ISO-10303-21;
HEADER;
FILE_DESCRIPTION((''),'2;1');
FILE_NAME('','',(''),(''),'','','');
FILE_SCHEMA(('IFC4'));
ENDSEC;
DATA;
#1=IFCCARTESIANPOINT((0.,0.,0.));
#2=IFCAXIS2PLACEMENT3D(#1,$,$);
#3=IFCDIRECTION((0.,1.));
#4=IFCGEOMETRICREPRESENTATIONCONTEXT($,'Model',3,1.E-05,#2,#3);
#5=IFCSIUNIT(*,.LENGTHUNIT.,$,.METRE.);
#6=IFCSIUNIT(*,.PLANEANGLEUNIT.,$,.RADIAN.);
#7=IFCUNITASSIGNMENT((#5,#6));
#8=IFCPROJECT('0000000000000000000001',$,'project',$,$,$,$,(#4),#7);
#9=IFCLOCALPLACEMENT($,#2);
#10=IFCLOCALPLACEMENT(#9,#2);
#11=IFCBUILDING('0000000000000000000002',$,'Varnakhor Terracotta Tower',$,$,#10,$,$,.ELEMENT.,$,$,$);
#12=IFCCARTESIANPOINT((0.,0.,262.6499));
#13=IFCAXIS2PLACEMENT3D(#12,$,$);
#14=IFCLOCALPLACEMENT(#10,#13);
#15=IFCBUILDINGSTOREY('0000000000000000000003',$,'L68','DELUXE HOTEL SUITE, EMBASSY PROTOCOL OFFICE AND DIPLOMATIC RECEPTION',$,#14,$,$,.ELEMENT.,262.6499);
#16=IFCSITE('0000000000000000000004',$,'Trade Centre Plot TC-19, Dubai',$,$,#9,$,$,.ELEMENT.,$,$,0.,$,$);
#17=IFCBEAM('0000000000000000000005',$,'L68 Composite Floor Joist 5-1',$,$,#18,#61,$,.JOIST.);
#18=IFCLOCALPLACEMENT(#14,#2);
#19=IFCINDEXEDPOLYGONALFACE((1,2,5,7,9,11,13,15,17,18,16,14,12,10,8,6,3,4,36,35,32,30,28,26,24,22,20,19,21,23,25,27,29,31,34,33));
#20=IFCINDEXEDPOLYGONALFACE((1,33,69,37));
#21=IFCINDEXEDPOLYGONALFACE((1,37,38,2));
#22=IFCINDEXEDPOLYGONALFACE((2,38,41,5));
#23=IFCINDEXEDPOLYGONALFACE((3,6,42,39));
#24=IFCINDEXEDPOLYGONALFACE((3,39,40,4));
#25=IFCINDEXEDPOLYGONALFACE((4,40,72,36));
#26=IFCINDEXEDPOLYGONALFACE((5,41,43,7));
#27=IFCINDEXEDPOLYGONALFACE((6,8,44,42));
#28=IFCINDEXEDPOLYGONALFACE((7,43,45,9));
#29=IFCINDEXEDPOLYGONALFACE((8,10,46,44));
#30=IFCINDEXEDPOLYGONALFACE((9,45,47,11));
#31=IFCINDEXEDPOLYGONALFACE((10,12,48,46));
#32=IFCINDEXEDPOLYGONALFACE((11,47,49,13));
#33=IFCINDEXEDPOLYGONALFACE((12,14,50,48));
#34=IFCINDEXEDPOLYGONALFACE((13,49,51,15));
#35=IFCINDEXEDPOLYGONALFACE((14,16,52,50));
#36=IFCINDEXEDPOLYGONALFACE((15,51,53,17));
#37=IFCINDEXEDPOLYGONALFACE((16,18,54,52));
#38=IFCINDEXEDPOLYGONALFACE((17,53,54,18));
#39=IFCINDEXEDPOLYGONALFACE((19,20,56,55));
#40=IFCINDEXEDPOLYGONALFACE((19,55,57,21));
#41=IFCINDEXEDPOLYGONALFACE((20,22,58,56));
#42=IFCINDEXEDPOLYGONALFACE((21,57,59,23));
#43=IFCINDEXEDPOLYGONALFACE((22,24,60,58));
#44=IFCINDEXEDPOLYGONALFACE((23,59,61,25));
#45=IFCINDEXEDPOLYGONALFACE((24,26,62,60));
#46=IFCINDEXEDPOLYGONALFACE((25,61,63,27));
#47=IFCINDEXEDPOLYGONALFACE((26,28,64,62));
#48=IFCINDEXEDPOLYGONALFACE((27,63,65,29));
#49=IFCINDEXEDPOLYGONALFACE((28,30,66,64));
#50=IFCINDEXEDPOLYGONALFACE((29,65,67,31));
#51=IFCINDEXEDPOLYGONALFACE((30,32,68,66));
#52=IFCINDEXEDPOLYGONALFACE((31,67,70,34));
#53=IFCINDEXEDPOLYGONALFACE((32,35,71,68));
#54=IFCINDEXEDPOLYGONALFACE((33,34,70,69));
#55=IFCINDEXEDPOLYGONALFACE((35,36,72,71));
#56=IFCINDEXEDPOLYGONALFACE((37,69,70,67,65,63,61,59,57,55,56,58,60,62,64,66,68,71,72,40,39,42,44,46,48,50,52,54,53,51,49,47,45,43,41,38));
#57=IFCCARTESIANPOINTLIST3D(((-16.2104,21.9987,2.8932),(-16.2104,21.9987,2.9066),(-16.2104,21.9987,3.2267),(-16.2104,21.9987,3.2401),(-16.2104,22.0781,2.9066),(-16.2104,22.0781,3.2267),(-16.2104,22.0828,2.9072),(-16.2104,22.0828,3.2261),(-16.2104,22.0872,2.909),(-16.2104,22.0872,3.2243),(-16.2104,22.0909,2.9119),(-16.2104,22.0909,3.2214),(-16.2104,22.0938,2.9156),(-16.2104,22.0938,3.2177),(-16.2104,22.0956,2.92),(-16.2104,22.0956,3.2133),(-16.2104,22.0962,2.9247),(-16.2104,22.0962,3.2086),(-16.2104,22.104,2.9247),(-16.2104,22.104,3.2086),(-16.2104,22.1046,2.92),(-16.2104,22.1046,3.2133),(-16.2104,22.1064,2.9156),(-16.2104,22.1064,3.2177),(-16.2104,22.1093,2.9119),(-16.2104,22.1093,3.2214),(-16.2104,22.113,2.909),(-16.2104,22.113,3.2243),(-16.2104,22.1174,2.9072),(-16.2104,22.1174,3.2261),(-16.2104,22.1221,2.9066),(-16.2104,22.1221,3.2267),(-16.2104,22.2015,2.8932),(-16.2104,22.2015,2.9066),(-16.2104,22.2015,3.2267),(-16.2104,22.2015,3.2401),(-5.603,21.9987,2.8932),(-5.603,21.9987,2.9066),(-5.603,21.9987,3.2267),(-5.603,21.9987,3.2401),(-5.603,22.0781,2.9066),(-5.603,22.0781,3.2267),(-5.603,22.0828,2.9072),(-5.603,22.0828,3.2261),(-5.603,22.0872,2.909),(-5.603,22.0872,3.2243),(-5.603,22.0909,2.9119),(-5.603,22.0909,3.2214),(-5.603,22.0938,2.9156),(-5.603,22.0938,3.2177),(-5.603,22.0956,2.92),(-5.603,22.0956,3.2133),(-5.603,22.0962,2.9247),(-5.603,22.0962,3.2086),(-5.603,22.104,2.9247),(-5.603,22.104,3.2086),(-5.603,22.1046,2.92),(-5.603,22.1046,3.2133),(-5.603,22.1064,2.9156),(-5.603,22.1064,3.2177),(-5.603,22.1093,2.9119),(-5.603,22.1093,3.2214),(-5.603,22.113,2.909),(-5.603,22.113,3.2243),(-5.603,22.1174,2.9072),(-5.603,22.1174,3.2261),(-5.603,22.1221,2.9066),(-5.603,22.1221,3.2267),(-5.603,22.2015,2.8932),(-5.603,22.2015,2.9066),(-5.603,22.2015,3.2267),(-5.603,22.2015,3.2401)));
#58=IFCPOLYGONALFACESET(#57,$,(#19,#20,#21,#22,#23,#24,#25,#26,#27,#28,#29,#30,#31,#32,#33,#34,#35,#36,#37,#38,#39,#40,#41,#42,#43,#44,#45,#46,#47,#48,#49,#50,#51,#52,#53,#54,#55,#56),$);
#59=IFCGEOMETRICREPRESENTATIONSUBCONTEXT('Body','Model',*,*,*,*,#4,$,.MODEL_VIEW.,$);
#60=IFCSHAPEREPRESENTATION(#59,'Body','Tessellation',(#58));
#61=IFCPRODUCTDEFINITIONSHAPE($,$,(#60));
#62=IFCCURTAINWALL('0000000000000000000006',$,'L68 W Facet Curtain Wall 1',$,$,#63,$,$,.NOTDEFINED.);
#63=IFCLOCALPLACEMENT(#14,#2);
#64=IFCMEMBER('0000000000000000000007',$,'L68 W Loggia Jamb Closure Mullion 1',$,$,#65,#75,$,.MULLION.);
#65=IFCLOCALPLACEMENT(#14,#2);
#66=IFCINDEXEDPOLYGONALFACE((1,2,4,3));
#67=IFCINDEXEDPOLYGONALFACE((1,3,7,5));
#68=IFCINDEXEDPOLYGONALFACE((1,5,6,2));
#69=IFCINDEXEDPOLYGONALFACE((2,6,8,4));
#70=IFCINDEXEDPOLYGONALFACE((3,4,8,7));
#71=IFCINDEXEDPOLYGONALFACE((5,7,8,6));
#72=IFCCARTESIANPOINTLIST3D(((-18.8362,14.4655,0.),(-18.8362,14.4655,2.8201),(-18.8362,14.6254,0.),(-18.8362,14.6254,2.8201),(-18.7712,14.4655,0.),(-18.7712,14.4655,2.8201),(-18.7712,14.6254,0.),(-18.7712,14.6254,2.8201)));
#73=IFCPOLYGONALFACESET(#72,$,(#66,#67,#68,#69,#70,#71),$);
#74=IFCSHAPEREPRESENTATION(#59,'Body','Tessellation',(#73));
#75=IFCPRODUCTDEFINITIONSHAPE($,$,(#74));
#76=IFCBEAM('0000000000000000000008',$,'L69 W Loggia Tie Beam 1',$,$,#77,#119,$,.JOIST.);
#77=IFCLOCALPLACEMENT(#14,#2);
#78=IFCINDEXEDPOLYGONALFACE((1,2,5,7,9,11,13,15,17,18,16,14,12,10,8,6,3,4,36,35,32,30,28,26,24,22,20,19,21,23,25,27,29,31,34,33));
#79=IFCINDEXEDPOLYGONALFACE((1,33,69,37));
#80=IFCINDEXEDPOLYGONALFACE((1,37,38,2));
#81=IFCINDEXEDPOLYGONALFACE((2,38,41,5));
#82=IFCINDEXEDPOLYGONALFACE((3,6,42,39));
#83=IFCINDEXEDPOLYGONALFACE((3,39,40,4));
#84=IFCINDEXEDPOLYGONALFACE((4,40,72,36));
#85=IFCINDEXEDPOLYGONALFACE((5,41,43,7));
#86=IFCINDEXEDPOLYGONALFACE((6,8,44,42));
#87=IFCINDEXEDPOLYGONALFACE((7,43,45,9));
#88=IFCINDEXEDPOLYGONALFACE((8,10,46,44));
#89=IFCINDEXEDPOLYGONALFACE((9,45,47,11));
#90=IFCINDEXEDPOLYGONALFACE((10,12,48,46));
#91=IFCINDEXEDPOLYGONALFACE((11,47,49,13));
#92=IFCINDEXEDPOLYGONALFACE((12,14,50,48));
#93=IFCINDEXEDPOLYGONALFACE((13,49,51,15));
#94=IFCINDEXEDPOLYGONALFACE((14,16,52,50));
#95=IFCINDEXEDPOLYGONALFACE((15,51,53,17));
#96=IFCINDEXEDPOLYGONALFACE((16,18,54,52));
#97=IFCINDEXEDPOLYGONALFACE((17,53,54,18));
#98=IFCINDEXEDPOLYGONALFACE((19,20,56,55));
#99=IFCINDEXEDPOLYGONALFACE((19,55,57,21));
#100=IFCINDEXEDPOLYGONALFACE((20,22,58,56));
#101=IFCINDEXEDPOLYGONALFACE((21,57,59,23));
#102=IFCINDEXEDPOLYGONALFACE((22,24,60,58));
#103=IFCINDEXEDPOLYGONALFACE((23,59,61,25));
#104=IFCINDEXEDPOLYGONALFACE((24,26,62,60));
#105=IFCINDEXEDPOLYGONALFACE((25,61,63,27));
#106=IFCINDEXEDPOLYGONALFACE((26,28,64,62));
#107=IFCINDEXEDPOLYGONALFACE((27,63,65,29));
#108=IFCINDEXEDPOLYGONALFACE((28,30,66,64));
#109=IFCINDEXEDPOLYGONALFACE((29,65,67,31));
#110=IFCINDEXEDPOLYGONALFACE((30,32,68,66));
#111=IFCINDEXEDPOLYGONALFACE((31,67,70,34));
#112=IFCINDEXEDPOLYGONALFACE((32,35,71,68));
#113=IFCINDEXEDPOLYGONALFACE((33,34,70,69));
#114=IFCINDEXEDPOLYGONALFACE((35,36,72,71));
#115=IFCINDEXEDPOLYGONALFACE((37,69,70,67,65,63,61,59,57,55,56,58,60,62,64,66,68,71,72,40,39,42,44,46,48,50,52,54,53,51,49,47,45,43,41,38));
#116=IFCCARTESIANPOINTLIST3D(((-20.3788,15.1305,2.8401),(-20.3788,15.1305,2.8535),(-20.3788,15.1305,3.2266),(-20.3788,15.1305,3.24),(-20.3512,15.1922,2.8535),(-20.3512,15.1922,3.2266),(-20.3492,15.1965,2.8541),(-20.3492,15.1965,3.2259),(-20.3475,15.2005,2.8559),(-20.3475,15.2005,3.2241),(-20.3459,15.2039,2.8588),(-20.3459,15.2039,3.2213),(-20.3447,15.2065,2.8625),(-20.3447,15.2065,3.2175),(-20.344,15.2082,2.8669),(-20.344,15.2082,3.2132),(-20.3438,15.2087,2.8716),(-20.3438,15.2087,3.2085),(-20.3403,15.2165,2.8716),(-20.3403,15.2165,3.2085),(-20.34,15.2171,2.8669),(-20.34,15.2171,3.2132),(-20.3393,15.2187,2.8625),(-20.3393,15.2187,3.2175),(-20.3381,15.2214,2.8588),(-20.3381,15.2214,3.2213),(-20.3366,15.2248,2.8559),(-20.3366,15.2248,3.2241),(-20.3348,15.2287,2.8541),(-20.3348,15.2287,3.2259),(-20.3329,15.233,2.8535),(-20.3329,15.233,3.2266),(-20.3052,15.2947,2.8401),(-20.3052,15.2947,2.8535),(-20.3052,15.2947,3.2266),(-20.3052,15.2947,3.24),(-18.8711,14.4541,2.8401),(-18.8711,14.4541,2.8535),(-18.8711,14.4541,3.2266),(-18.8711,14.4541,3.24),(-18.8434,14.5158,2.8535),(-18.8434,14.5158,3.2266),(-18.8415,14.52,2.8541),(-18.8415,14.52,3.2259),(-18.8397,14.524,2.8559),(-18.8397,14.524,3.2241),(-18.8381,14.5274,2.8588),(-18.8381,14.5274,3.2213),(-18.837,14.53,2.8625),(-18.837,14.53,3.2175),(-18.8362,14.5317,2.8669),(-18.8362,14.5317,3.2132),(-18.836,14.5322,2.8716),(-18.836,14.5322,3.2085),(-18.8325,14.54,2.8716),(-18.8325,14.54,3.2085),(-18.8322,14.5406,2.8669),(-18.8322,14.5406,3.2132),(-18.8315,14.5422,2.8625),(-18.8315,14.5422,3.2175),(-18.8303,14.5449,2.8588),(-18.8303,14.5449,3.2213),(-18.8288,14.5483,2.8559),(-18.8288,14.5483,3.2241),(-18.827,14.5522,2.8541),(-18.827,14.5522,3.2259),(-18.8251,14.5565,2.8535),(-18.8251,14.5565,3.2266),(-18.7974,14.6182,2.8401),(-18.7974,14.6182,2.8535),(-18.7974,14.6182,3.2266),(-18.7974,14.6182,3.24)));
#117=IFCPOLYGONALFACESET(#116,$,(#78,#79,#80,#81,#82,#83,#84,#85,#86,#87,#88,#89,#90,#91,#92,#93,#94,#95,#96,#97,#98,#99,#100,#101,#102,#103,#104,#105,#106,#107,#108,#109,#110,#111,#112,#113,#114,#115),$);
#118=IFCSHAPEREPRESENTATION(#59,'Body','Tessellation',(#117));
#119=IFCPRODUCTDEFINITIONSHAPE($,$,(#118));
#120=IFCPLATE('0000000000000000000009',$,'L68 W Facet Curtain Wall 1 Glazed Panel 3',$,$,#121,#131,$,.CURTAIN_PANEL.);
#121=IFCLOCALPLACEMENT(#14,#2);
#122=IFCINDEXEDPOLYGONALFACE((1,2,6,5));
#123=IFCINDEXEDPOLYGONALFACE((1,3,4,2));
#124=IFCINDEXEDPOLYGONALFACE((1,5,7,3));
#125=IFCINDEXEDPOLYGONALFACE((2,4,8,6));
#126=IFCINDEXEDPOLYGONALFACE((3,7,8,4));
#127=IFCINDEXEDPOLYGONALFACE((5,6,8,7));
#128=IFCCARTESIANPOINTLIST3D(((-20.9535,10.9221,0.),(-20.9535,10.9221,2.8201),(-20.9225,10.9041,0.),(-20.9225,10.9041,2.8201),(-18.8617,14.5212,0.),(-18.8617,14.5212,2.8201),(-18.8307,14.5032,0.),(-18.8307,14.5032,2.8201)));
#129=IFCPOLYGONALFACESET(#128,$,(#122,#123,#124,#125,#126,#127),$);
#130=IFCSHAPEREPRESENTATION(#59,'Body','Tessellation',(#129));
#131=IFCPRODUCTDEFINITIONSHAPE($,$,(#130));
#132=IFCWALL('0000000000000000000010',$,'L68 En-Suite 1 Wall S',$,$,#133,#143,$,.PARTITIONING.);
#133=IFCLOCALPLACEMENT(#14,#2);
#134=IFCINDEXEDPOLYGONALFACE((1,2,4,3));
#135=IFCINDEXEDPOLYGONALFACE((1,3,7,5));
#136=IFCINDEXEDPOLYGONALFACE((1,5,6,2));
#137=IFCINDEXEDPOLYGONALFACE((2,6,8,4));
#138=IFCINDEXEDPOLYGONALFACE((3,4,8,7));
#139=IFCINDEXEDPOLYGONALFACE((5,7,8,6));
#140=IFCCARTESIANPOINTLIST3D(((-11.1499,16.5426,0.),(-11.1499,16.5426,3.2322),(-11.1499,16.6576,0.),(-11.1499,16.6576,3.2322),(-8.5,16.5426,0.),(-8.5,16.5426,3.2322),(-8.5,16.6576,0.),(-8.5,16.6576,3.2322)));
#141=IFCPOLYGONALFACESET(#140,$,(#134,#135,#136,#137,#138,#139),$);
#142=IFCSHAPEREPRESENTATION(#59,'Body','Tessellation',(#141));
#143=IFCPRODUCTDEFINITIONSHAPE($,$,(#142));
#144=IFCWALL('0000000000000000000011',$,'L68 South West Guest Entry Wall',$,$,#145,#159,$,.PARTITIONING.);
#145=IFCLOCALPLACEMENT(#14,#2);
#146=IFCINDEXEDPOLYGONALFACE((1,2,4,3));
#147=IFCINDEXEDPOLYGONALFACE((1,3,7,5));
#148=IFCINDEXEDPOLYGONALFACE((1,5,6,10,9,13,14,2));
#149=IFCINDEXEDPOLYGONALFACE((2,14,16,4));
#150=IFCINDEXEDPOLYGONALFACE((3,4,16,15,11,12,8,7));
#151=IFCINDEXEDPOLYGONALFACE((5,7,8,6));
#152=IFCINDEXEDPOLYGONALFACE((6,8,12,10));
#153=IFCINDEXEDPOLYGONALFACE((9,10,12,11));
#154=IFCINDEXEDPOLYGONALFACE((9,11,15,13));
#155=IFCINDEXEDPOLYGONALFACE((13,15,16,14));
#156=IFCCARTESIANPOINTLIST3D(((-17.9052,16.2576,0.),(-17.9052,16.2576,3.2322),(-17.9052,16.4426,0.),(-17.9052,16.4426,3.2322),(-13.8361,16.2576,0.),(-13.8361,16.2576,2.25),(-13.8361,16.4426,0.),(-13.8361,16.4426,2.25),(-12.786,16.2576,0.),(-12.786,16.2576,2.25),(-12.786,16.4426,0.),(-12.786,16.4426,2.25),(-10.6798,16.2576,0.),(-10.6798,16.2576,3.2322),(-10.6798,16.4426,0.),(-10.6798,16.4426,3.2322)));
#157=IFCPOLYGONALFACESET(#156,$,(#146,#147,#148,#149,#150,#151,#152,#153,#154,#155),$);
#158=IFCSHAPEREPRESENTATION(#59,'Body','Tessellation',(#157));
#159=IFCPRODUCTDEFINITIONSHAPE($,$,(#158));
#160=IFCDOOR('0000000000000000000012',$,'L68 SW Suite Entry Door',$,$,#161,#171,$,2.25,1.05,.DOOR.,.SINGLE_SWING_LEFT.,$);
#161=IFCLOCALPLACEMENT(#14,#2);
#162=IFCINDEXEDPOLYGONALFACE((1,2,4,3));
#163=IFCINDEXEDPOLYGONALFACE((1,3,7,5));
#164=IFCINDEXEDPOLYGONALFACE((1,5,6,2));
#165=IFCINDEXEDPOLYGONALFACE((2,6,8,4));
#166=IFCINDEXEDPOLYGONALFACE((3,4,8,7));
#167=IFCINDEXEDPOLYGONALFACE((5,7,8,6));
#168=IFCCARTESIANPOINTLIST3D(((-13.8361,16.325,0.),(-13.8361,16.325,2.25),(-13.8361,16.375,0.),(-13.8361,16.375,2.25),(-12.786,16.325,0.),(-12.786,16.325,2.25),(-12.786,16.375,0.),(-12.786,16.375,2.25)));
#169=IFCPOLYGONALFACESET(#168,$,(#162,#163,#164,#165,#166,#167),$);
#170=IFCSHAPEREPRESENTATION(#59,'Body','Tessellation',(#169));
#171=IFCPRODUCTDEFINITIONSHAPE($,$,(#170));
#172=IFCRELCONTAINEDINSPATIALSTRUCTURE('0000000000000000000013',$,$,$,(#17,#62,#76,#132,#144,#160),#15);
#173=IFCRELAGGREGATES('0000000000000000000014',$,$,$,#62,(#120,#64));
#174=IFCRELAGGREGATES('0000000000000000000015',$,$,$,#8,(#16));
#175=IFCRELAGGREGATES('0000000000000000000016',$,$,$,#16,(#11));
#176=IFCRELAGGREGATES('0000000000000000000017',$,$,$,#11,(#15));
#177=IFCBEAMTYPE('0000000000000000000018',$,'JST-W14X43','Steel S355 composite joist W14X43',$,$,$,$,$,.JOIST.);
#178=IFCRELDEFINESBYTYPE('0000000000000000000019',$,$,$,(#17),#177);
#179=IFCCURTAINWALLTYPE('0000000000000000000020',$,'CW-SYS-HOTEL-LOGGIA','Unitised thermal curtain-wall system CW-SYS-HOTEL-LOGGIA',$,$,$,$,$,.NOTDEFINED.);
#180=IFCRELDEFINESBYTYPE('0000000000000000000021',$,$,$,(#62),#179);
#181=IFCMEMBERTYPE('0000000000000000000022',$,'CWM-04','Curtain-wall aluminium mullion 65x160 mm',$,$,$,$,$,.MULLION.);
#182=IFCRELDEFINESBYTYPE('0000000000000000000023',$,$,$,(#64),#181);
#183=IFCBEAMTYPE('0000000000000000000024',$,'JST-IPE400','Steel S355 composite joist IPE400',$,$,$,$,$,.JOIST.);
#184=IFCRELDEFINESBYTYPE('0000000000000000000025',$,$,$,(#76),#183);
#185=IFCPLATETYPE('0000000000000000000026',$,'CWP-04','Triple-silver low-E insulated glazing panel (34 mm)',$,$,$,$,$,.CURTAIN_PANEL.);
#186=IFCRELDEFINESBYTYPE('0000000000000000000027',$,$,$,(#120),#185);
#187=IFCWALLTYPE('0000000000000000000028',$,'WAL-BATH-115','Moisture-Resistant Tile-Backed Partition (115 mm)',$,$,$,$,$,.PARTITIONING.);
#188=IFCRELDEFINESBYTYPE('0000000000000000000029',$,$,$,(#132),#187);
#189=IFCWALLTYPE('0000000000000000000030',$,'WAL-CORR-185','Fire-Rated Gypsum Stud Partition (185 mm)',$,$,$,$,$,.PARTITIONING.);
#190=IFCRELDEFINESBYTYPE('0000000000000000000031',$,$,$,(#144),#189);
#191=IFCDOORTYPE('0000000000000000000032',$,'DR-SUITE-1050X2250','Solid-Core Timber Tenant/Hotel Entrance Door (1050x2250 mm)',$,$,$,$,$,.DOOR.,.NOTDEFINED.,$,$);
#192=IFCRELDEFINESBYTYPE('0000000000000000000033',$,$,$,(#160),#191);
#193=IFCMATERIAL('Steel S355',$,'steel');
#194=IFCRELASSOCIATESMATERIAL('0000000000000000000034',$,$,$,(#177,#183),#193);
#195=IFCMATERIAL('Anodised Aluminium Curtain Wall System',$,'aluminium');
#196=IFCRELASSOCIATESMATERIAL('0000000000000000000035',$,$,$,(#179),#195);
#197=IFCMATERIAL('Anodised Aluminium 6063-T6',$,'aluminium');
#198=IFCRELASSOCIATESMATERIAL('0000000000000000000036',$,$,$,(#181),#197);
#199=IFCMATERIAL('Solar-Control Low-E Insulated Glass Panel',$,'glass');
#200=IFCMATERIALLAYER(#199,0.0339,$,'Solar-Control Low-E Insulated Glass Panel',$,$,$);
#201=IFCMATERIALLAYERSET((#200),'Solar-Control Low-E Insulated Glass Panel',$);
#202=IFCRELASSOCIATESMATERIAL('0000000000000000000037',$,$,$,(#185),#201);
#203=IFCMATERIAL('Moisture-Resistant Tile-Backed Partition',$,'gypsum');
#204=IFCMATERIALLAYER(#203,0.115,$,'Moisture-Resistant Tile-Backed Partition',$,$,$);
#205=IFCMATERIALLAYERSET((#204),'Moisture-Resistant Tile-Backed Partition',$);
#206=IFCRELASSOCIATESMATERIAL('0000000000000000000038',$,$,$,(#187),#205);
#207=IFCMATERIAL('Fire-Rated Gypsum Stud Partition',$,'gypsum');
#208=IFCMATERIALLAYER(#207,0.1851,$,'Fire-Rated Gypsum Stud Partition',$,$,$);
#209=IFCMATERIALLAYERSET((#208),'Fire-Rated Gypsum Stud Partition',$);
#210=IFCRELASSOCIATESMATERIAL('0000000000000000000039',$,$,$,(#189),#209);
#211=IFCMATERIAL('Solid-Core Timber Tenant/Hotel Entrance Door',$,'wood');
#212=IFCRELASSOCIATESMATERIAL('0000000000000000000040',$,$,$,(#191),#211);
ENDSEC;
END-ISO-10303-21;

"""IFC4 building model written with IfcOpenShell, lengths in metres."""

from ifc_helpers import new_model, si_unit, direction, frame, frame_2d, origin, origin_2d, place, context, subcontext, project, spatial, rectangle, i_section, extrude, source, transform, mapped, material, layer, layer_set, material_profile, profile_set, type_object, type_shapes, element, fill, aggregate, save


model = new_model("IFC4")

# Units and contexts
model_context = context("Model", 3, precision=1e-05, world=origin(), true_north=direction((0.0, 1.0)))
body_context = subcontext(model_context, "Body", "Model", "MODEL_VIEW")
ifc_project = project(units=[si_unit("LENGTHUNIT", "METRE"), si_unit("PLANEANGLEUNIT", "RADIAN")], contexts=[model_context])

# Site, building, storey
site_placement = place(None, origin())
site = spatial("IfcSite", under=ifc_project, at=site_placement, Name="Trade Centre Plot TC-19, Dubai", CompositionType="ELEMENT", RefElevation=0.0)
building_placement = place(site_placement, origin())
building = spatial("IfcBuilding", under=site, at=building_placement, Name="Varnakhor Terracotta Tower", CompositionType="ELEMENT")
storey_placement = place(building_placement, frame((0.0, 0.0, 262.6499)))
storey = spatial("IfcBuildingStorey", under=building, at=storey_placement, Name="L68", Description="DELUXE HOTEL SUITE, EMBASSY PROTOCOL OFFICE AND DIPLOMATIC RECEPTION", CompositionType="ELEMENT", Elevation=262.6499)

# Beam
ifc_material_1 = material(Name="Steel S355", Category="steel")
ifc_material_profile_1 = material_profile(ifc_material_1, i_section(OverallWidth=0.2029, OverallDepth=0.3469, WebThickness=0.0078, FlangeThickness=0.0134, FilletRadius=0.0181, at=origin_2d()), Name="W14X43")
ifc_profile_set_1 = profile_set([ifc_material_profile_1], Name="Steel S355")
beam_type_1 = type_object("IfcBeamType", Name="JST-W14X43", Description="Steel S355 composite joist W14X43", PredefinedType="JOIST", material=ifc_profile_set_1)
shared_shape_1 = source(origin(), body_context, "Body", "SweptSolid", [
    extrude(i_section(OverallWidth=0.2029, OverallDepth=0.3469, WebThickness=0.0078, FlangeThickness=0.0134, FilletRadius=0.0181, at=origin_2d()), origin(), (0.0, 0.0, 1.0), 10.6074),
])
beam_1_placement = place(storey_placement, frame((-16.2104, 22.1001, 3.0667), z_axis=(1.0, 0.0, 0.0), x_axis=(0.0, 1.0, 0.0)))
element("IfcBeam", 1, at=beam_1_placement, inside=storey, type_object=beam_type_1, Name="L68 Composite Floor Joist 5-1", PredefinedType="JOIST", context=body_context, shape_type="MappedRepresentation", body=[
    mapped(shared_shape_1, transform((0.0, 0.0, 0.0), scale=1.0)),
])

# Curtain wall, member
ifc_material_2 = material(Name="Anodised Aluminium Curtain Wall System", Category="aluminium")
curtain_wall_type = type_object("IfcCurtainWallType", Name="CW-SYS-HOTEL-LOGGIA", Description="Unitised thermal curtain-wall system CW-SYS-HOTEL-LOGGIA", PredefinedType="NOTDEFINED", material=ifc_material_2)
curtain_wall_placement = place(storey_placement, origin())
curtain_wall = element("IfcCurtainWall", 2, at=curtain_wall_placement, inside=storey, type_object=curtain_wall_type, Name="L68 W Facet Curtain Wall 1", PredefinedType="NOTDEFINED")
ifc_material_3 = material(Name="Anodised Aluminium 6063-T6", Category="aluminium")
ifc_material_profile_2 = material_profile(ifc_material_3, rectangle(XDim=0.0649, YDim=0.1599, at=origin_2d()), Name="ALU MULLION 65x160")
ifc_profile_set_2 = profile_set([ifc_material_profile_2], Name="Anodised Aluminium 6063-T6")
member_type = type_object("IfcMemberType", Name="CWM-04", Description="Curtain-wall aluminium mullion 65x160 mm", PredefinedType="MULLION", material=ifc_profile_set_2)
shared_shape_2 = source(origin(), body_context, "Body", "SweptSolid", [
    extrude(rectangle(XDim=0.0649, YDim=0.1599, at=origin_2d()), origin(), (0.0, 0.0, 1.0), 2.8201),
])
type_shapes(member_type, [shared_shape_2])
member_placement = place(storey_placement, frame((-18.8037, 14.5454, 0.0), z_axis=(0.0, 0.0, 1.0), x_axis=(1.0, 0.0, 0.0)))
member = element("IfcMember", 3, at=member_placement, type_object=member_type, Name="L68 W Loggia Jamb Closure Mullion 1", PredefinedType="MULLION", context=body_context, shape_type="MappedRepresentation", body=[
    mapped(shared_shape_2, transform((0.0, 0.0, 0.0), scale=1.0)),
])

# Beam
ifc_material_profile_3 = material_profile(ifc_material_1, i_section(OverallWidth=0.1799, OverallDepth=0.3999, WebThickness=0.0085, FlangeThickness=0.0134, FilletRadius=0.0181, at=origin_2d()), Name="IPE400")
ifc_profile_set_3 = profile_set([ifc_material_profile_3], Name="Steel S355")
beam_type_2 = type_object("IfcBeamType", Name="JST-IPE400", Description="Steel S355 composite joist IPE400", PredefinedType="JOIST", material=ifc_profile_set_3)
shared_shape_3 = source(origin(), body_context, "Body", "SweptSolid", [
    extrude(i_section(OverallWidth=0.1799, OverallDepth=0.3999, WebThickness=0.0085, FlangeThickness=0.0134, FilletRadius=0.0181, at=origin_2d()), origin(), (0.0, 0.0, 1.0), 1.6526),
])
beam_2_placement = place(storey_placement, frame((-18.8342, 14.5361, 3.04), z_axis=(-0.912374, 0.409357, 0.0), x_axis=(-0.409357, -0.912374, 0.0)))
element("IfcBeam", 4, at=beam_2_placement, inside=storey, type_object=beam_type_2, Name="L69 W Loggia Tie Beam 1", PredefinedType="JOIST", context=body_context, shape_type="MappedRepresentation", body=[
    mapped(shared_shape_3, transform((0.0, 0.0, 0.0), scale=1.0)),
])

# Plate
ifc_material_4 = material(Name="Solar-Control Low-E Insulated Glass Panel", Category="glass")
ifc_layer_1 = layer(ifc_material_4, 0.0339, Name="Solar-Control Low-E Insulated Glass Panel")
ifc_layer_set_1 = layer_set([ifc_layer_1], Name="Solar-Control Low-E Insulated Glass Panel")
plate_type = type_object("IfcPlateType", Name="CWP-04", Description="Triple-silver low-E insulated glazing panel (34 mm)", PredefinedType="CURTAIN_PANEL", material=ifc_layer_set_1)
shared_shape_4 = source(origin(), body_context, "Body", "SweptSolid", [
    extrude(rectangle(XDim=4.1628, YDim=0.0359, at=origin_2d()), origin(), (0.0, 0.0, 1.0), 2.8201),
])
plate_placement = place(storey_placement, frame((-19.8921, 12.7126, 0.0), z_axis=(0.0, 0.0, 1.0), x_axis=(0.502492, 0.864582, 0.0)))
plate = element("IfcPlate", 5, at=plate_placement, type_object=plate_type, Name="L68 W Facet Curtain Wall 1 Glazed Panel 3", PredefinedType="CURTAIN_PANEL", context=body_context, shape_type="MappedRepresentation", body=[
    mapped(shared_shape_4, transform((0.0, 0.0, 0.0), scale=1.0)),
])
aggregate(curtain_wall, [plate, member])

# Wall
ifc_material_5 = material(Name="Moisture-Resistant Tile-Backed Partition", Category="gypsum")
ifc_layer_2 = layer(ifc_material_5, 0.115, Name="Moisture-Resistant Tile-Backed Partition")
ifc_layer_set_2 = layer_set([ifc_layer_2], Name="Moisture-Resistant Tile-Backed Partition")
wall_type_1 = type_object("IfcWallType", Name="WAL-BATH-115", Description="Moisture-Resistant Tile-Backed Partition (115 mm)", PredefinedType="PARTITIONING", material=ifc_layer_set_2)
wall_1_placement = place(storey_placement, frame((-11.1499, 16.6001, 0.0), z_axis=(0.0, 0.0, 1.0), x_axis=(1.0, 0.0, 0.0)))
element("IfcWall", 6, at=wall_1_placement, inside=storey, type_object=wall_type_1, Name="L68 En-Suite 1 Wall S", PredefinedType="PARTITIONING", context=body_context, shape_type="SweptSolid", body=[
    extrude(rectangle(XDim=2.6499, YDim=0.115, at=frame_2d((1.325, 0.0))), origin(), (0.0, 0.0, 1.0), 3.2322),
])

# Wall, opening, door
ifc_material_6 = material(Name="Fire-Rated Gypsum Stud Partition", Category="gypsum")
ifc_layer_3 = layer(ifc_material_6, 0.1851, Name="Fire-Rated Gypsum Stud Partition")
ifc_layer_set_3 = layer_set([ifc_layer_3], Name="Fire-Rated Gypsum Stud Partition")
wall_type_2 = type_object("IfcWallType", Name="WAL-CORR-185", Description="Fire-Rated Gypsum Stud Partition (185 mm)", PredefinedType="PARTITIONING", material=ifc_layer_set_3)
wall_2_placement = place(storey_placement, frame((-17.9053, 16.3501, 0.0), z_axis=(0.0, 0.0, 1.0), x_axis=(1.0, 0.0, 0.0)))
wall_2 = element("IfcWall", 7, at=wall_2_placement, inside=storey, type_object=wall_type_2, Name="L68 South West Guest Entry Wall", PredefinedType="PARTITIONING", context=body_context, shape_type="SweptSolid", body=[
    extrude(rectangle(XDim=7.2253, YDim=0.1851, at=frame_2d((3.6128, 0.0))), origin(), (0.0, 0.0, 1.0), 3.2322),
])
opening_1_placement = place(wall_2_placement, frame((4.0693, 0.0, 0.0)))
opening_1 = element("IfcOpeningElement", 8, at=opening_1_placement, cuts=wall_2, PredefinedType="OPENING", context=body_context, shape_type="SweptSolid", body=[
    extrude(rectangle(XDim=1.05, YDim=2.25, at=frame_2d((0.5249, 1.125))), frame((0.0, 0.1025, 0.0), z_axis=(0.0, -1.0, 0.0), x_axis=(1.0, 0.0, 0.0)), (0.0, 0.0, 1.0), 0.2051),
])
ifc_material_7 = material(Name="Solid-Core Timber Tenant/Hotel Entrance Door", Category="wood")
door_type_1 = type_object("IfcDoorType", Name="DR-SUITE-1050X2250", Description="Solid-Core Timber Tenant/Hotel Entrance Door (1050x2250 mm)", OperationType="NOTDEFINED", PredefinedType="DOOR", material=ifc_material_7)
shared_shape_5 = source(origin(), body_context, "Body", "SweptSolid", [
    extrude(rectangle(XDim=1.05, YDim=2.25, at=frame_2d((0.5249, 1.125))), frame((0.0, 0.0249, 0.0), z_axis=(0.0, -1.0, 0.0), x_axis=(1.0, 0.0, 0.0)), (0.0, 0.0, 1.0), 0.05),
])
type_shapes(door_type_1, [shared_shape_5])
door_1_placement = place(opening_1_placement, origin())
door_1 = element("IfcDoor", 9, at=door_1_placement, inside=storey, type_object=door_type_1, Name="L68 SW Suite Entry Door", OperationType="SINGLE_SWING_LEFT", OverallHeight=2.25, OverallWidth=1.05, PredefinedType="DOOR", context=body_context, shape_type="MappedRepresentation", body=[
    mapped(shared_shape_5, transform((0.0, 0.0, 0.0), scale=1.0)),
])
fill(opening_1, door_1)

save(model, "model.ifc")
